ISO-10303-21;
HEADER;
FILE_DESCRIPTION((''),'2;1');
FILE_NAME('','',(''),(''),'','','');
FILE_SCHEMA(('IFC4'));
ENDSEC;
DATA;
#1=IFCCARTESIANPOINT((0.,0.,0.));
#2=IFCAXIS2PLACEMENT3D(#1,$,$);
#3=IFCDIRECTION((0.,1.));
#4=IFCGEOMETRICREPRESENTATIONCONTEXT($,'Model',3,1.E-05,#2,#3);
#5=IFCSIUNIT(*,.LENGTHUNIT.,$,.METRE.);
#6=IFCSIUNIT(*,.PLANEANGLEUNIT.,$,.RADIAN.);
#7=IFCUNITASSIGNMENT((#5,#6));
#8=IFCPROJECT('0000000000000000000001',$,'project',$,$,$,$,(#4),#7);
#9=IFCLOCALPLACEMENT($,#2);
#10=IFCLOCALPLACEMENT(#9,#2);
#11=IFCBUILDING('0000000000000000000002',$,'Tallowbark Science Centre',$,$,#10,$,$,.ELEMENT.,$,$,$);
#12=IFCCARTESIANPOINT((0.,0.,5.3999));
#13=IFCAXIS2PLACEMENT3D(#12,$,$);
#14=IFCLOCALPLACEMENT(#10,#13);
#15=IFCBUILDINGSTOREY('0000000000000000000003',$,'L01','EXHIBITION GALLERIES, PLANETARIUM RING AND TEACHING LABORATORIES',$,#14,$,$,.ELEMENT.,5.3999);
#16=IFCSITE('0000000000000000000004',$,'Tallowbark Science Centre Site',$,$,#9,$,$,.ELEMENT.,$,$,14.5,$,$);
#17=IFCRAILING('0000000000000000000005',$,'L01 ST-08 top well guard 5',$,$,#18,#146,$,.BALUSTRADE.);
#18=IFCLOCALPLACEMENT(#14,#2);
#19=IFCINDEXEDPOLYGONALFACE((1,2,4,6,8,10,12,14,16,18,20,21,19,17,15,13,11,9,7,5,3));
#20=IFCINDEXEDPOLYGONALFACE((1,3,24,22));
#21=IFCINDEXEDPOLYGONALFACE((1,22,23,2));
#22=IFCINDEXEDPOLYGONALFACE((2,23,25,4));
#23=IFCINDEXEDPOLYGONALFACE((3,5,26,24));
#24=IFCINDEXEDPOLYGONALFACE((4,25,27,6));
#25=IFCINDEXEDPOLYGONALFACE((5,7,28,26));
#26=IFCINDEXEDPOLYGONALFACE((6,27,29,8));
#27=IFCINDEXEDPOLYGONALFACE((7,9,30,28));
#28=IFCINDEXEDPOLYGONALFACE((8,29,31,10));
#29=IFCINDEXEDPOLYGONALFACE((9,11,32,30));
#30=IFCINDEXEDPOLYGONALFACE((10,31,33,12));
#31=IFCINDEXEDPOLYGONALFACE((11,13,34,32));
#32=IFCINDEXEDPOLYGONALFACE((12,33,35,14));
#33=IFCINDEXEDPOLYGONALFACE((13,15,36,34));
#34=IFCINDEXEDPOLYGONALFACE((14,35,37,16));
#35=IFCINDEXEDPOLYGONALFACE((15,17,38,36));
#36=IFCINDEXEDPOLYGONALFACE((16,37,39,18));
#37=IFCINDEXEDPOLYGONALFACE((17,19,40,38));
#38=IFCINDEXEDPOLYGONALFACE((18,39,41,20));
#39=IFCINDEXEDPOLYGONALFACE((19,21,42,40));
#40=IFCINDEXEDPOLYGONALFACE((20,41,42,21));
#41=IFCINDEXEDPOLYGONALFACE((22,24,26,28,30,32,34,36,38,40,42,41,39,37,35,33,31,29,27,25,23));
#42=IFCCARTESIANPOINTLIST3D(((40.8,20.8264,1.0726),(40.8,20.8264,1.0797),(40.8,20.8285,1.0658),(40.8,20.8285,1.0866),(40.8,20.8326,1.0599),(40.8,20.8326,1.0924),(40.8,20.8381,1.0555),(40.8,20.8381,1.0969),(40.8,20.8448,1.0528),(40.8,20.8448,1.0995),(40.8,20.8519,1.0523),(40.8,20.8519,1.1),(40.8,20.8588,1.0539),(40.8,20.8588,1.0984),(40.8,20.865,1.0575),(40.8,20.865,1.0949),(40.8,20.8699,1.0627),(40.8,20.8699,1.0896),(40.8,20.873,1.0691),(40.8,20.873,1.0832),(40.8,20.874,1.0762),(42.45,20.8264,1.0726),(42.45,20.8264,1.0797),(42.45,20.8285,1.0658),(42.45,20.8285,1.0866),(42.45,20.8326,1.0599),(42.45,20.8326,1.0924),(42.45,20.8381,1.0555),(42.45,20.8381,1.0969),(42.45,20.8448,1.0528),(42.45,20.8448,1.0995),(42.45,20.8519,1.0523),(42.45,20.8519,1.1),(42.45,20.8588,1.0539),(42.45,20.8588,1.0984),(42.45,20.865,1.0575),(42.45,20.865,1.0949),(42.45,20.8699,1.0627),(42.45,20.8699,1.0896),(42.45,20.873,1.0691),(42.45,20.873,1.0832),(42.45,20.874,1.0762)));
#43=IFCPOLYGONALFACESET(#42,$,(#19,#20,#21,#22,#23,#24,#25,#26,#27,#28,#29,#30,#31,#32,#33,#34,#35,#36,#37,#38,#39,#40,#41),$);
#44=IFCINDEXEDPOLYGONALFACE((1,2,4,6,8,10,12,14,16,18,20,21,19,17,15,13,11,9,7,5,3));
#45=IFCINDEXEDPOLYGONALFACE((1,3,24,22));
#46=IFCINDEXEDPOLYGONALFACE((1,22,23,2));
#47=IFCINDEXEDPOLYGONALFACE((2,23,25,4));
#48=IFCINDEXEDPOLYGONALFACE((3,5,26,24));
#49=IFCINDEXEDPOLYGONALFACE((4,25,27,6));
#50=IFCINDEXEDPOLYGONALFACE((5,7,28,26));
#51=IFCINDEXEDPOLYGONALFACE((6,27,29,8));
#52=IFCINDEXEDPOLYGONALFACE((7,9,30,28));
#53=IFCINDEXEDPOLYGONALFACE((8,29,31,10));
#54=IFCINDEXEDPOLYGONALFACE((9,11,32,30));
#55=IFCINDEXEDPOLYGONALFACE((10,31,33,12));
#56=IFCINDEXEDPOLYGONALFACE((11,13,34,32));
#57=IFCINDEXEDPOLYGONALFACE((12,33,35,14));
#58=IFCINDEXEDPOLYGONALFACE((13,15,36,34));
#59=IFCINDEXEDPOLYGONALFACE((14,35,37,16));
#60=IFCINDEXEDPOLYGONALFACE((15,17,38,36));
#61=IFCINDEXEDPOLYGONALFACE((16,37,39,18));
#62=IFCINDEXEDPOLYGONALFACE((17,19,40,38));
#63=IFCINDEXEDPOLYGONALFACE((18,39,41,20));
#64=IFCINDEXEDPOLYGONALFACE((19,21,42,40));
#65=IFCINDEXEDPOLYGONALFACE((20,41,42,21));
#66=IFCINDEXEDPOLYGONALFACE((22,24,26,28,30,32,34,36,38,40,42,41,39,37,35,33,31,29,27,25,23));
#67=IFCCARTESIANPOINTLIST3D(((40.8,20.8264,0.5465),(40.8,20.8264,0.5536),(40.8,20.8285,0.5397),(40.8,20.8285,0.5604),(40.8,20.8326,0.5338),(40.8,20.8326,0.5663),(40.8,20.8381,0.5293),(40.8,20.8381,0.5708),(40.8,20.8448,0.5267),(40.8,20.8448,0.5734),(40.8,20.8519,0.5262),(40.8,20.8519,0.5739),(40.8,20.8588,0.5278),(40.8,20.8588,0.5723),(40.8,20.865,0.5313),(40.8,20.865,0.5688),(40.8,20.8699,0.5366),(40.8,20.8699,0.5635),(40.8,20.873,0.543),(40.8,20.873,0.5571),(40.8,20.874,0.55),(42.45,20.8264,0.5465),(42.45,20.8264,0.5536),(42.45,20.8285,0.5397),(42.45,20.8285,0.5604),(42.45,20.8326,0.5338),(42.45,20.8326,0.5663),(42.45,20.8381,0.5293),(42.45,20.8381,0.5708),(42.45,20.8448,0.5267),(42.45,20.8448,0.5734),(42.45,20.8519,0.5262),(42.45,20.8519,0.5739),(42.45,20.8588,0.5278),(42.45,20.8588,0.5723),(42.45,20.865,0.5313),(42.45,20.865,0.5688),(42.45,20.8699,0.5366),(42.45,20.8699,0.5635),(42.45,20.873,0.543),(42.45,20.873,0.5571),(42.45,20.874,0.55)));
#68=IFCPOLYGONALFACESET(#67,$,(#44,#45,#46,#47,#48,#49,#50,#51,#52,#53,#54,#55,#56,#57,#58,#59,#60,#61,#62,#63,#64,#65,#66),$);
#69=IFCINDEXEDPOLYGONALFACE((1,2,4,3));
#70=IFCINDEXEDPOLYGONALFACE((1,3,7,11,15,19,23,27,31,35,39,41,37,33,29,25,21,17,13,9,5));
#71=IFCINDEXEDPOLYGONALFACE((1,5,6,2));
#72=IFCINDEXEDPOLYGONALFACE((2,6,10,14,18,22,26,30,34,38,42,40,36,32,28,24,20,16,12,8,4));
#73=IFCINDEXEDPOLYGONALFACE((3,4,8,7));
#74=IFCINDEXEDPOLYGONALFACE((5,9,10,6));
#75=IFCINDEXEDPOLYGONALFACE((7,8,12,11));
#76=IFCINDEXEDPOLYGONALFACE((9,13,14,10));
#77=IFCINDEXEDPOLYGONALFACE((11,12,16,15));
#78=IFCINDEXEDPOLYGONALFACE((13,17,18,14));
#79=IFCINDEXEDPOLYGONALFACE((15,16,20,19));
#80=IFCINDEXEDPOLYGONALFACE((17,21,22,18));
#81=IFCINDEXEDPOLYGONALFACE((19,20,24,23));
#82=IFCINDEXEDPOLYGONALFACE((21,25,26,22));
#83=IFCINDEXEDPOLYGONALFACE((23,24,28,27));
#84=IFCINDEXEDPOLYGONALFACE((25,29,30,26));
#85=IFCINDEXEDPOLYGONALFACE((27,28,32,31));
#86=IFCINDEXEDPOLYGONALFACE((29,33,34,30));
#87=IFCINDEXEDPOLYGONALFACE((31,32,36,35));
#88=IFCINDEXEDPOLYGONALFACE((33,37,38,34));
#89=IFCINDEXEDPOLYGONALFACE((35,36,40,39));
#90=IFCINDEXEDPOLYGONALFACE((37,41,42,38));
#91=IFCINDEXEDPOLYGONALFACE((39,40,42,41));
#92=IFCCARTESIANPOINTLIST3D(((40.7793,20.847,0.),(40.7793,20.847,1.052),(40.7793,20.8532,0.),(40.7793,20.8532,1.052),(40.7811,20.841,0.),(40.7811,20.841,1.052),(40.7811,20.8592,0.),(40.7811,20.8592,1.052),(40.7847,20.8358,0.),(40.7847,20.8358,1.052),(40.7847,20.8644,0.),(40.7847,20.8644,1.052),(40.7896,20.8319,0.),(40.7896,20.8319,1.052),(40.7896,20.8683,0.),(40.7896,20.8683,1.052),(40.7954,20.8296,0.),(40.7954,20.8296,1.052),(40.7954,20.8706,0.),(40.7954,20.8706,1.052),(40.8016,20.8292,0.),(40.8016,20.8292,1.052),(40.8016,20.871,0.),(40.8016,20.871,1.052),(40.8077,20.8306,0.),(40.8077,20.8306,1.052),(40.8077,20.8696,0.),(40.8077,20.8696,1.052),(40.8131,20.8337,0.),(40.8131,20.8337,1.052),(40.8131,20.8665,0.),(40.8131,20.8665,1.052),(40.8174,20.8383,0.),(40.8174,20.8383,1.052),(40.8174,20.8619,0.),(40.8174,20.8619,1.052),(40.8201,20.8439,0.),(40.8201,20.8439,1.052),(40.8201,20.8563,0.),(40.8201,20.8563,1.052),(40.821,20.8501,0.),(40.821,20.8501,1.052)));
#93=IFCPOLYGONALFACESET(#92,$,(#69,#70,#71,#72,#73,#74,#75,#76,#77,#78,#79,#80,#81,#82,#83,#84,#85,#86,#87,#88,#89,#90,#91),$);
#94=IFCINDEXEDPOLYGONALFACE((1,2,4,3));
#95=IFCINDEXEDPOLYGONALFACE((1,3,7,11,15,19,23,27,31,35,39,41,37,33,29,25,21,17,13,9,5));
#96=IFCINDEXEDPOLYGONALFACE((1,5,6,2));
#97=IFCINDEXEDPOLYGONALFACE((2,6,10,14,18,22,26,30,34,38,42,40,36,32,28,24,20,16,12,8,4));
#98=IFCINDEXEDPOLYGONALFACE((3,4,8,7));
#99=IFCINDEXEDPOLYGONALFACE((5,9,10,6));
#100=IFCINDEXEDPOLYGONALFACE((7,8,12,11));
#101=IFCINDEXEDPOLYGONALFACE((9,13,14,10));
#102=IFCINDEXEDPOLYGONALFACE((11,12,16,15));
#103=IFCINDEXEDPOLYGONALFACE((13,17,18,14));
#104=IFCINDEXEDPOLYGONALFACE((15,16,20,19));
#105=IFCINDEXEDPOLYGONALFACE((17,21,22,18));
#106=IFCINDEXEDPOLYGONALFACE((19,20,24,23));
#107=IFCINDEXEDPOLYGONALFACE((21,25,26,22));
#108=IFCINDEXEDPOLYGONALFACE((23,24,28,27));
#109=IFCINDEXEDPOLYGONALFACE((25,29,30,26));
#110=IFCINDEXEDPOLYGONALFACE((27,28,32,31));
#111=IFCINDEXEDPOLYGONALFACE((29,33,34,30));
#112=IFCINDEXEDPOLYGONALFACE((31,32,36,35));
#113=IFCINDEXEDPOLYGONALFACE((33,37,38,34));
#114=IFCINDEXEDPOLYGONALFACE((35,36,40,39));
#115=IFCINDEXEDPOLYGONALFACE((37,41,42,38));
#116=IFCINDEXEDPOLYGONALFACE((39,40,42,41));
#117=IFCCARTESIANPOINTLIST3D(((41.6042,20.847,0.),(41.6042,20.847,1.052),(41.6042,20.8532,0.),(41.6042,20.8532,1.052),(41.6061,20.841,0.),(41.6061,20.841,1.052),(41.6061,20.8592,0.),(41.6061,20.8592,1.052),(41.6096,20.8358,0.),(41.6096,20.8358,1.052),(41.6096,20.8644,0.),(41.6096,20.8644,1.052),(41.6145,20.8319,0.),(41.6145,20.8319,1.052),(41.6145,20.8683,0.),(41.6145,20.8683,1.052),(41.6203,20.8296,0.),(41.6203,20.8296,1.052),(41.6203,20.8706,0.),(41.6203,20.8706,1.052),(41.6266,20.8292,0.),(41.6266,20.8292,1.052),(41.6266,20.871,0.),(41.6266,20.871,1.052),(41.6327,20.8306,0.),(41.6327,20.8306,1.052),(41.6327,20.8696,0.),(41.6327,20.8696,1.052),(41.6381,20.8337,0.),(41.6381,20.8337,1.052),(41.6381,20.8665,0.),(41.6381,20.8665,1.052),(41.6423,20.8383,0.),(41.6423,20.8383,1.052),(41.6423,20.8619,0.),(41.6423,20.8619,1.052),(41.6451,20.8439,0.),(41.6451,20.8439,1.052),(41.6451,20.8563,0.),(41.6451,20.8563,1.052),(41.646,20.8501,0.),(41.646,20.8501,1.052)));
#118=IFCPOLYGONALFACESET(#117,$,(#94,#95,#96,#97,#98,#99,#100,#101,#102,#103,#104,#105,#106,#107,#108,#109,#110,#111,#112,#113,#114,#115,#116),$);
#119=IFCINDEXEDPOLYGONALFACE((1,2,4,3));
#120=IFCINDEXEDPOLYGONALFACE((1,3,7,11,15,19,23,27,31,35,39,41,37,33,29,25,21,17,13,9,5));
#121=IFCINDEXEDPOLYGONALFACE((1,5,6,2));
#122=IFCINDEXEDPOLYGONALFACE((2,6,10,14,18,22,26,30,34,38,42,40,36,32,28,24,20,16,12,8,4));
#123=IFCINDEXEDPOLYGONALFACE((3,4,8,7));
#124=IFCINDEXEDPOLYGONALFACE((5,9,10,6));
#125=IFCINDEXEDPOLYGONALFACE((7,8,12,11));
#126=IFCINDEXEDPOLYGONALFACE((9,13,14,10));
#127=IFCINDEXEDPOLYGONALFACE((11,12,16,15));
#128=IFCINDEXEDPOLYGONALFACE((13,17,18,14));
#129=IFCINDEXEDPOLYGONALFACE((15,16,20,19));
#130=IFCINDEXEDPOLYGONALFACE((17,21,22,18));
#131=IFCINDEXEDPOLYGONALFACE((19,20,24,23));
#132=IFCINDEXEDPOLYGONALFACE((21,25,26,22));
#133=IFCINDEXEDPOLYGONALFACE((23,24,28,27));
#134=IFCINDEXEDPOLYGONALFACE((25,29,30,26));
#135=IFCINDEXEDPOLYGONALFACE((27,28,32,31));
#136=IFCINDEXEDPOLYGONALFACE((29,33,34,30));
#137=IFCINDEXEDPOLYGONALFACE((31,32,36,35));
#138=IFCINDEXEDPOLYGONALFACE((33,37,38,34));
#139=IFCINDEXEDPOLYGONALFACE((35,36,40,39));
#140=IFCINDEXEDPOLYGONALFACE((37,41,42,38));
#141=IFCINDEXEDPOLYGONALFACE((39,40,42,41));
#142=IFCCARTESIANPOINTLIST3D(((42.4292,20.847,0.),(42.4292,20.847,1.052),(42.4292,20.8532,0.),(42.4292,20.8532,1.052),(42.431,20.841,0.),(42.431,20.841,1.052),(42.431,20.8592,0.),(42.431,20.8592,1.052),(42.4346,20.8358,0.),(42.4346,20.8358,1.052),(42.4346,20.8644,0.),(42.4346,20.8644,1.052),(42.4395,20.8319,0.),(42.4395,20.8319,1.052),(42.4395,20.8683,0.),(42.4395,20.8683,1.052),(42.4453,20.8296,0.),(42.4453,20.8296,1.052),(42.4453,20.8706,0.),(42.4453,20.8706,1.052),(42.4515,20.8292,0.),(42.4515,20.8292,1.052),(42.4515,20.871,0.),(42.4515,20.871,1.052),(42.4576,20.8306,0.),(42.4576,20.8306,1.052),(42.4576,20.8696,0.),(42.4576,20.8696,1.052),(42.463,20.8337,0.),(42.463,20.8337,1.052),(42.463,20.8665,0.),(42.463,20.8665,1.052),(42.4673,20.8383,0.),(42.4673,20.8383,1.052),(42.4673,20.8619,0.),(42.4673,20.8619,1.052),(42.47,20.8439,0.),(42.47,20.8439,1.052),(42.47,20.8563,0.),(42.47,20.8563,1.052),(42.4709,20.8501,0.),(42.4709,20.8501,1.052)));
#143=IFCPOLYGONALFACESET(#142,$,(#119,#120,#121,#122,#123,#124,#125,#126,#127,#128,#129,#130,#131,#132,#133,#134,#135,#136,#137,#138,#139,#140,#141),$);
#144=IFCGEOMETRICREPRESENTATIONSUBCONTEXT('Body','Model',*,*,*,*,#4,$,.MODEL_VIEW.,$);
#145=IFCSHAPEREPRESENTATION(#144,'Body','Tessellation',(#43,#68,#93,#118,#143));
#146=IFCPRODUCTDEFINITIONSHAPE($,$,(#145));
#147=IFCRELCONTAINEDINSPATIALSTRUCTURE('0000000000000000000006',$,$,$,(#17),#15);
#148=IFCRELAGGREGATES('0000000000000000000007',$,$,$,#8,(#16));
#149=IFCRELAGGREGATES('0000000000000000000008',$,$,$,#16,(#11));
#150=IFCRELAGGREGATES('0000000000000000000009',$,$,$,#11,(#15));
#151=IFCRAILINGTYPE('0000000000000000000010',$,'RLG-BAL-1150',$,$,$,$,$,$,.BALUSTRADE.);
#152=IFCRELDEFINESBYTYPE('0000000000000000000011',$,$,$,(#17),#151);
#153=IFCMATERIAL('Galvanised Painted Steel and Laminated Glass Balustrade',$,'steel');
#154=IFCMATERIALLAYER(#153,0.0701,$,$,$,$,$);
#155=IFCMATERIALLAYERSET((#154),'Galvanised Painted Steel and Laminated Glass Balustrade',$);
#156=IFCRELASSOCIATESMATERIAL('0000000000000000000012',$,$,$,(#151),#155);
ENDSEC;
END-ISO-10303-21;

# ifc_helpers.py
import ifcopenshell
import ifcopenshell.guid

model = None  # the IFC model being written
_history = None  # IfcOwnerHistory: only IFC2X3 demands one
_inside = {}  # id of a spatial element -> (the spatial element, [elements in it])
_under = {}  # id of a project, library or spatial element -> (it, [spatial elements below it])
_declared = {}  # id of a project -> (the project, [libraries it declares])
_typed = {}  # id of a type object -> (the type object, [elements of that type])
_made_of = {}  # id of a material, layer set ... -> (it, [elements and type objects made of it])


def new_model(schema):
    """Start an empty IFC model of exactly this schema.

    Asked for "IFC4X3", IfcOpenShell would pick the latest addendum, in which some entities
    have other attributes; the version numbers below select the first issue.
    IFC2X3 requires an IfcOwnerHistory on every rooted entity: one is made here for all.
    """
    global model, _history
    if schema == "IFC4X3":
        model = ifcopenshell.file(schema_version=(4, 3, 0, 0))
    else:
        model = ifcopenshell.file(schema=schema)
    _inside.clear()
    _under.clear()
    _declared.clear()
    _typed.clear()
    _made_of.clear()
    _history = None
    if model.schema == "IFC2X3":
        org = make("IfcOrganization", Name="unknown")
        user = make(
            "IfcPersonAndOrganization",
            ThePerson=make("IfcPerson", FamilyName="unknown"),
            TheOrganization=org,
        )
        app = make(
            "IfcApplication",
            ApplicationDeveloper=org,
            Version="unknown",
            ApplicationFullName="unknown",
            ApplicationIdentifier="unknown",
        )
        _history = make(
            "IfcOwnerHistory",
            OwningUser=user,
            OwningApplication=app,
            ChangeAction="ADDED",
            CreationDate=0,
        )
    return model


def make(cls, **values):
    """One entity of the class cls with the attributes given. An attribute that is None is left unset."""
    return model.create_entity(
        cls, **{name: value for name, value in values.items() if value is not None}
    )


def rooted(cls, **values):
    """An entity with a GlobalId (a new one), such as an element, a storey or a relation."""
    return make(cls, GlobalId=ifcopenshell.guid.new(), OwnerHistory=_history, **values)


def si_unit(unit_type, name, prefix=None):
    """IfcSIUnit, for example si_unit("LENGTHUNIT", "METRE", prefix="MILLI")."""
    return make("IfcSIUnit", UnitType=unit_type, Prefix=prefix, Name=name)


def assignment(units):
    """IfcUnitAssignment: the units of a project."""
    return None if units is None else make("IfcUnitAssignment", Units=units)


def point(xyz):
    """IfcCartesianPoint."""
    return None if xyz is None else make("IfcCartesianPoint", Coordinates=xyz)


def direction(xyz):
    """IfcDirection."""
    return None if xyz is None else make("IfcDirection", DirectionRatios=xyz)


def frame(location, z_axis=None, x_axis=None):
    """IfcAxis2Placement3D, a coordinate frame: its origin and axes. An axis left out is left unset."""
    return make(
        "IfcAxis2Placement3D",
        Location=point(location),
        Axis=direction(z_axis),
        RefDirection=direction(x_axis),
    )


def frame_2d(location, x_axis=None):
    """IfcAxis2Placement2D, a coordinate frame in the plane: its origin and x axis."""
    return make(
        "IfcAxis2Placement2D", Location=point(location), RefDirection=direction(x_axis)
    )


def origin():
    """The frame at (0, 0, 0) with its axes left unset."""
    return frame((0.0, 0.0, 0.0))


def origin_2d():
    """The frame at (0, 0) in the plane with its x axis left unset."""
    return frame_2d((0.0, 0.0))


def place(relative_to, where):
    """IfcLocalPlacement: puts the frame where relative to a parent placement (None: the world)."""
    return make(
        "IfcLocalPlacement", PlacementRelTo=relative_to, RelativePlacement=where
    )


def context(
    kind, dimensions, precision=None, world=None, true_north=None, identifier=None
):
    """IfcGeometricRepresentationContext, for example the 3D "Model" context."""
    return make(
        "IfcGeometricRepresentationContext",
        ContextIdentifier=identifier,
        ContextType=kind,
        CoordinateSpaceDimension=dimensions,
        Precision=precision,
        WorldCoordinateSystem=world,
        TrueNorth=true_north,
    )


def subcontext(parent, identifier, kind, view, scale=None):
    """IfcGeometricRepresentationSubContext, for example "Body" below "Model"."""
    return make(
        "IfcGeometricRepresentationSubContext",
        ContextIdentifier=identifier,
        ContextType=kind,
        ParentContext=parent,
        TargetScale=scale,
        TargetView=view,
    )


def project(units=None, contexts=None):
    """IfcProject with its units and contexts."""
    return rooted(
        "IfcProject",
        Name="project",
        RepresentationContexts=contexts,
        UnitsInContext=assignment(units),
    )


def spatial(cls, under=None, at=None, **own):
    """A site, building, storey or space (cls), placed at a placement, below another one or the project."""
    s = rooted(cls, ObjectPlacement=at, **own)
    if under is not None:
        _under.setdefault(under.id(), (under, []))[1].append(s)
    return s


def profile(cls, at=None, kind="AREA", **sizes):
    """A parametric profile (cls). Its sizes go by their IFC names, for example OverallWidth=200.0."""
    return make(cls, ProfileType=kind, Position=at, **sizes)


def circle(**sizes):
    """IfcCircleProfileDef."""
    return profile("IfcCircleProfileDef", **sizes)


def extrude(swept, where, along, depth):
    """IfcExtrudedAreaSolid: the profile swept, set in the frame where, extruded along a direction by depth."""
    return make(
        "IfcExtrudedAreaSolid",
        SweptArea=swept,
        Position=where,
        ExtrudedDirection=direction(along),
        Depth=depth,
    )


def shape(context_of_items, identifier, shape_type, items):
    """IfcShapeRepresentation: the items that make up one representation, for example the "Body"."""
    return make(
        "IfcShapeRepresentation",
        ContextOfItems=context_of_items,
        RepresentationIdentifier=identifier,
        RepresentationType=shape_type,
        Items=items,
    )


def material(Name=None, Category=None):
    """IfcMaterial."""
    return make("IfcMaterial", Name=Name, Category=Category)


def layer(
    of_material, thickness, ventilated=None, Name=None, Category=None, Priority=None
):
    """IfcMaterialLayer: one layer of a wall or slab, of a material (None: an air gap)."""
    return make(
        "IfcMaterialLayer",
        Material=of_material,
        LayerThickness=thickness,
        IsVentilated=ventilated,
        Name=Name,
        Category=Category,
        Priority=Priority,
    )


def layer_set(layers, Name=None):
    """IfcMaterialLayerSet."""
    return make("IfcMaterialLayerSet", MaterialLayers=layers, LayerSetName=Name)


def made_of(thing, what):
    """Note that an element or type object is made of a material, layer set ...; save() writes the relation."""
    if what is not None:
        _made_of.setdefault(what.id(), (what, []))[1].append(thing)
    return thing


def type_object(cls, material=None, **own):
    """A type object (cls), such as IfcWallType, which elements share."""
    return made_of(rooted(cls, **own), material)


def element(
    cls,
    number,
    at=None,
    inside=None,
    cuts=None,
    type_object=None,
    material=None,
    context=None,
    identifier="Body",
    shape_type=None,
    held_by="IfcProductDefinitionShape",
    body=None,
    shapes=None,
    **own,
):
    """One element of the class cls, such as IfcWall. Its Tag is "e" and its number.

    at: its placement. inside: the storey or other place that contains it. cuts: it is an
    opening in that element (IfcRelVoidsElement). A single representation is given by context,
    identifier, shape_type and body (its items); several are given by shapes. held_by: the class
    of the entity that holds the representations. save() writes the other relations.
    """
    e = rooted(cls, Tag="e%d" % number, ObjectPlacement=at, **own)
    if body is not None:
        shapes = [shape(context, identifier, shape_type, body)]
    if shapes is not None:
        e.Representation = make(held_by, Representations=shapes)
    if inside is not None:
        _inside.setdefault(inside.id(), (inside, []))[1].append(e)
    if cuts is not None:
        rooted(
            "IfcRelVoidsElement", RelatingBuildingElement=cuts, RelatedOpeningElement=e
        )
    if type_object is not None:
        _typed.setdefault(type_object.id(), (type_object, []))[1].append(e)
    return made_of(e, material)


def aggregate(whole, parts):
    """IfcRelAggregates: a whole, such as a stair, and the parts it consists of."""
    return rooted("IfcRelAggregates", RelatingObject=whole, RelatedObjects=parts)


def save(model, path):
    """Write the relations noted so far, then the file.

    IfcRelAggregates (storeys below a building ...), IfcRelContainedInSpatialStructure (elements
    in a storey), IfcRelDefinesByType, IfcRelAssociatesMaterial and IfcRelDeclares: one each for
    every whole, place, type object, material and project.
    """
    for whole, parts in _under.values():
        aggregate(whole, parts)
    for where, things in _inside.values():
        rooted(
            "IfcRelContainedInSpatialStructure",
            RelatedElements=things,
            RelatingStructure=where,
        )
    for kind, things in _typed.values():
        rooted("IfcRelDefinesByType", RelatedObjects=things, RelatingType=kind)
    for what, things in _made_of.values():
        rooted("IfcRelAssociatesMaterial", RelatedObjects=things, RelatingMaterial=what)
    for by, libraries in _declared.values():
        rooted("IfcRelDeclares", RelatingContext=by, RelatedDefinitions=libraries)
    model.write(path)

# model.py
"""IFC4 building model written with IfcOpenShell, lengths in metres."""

from ifc_helpers import new_model, si_unit, direction, frame, origin, origin_2d, place, context, subcontext, project, spatial, circle, extrude, material, layer, layer_set, type_object, element, save


model = new_model("IFC4")

# Units and contexts
model_context = context("Model", 3, precision=1e-05, world=origin(), true_north=direction((0.0, 1.0)))
body_context = subcontext(model_context, "Body", "Model", "MODEL_VIEW")
ifc_project = project(units=[si_unit("LENGTHUNIT", "METRE"), si_unit("PLANEANGLEUNIT", "RADIAN")], contexts=[model_context])

# Site, building, storey
site_placement = place(None, origin())
site = spatial("IfcSite", under=ifc_project, at=site_placement, Name="Tallowbark Science Centre Site", CompositionType="ELEMENT", RefElevation=14.5)
building_placement = place(site_placement, origin())
building = spatial("IfcBuilding", under=site, at=building_placement, Name="Tallowbark Science Centre", CompositionType="ELEMENT")
storey_placement = place(building_placement, frame((0.0, 0.0, 5.3999)))
storey = spatial("IfcBuildingStorey", under=building, at=storey_placement, Name="L01", Description="EXHIBITION GALLERIES, PLANETARIUM RING AND TEACHING LABORATORIES", CompositionType="ELEMENT", Elevation=5.3999)

# Railing
ifc_material_1 = material(Name="Galvanised Painted Steel and Laminated Glass Balustrade", Category="steel")
ifc_layer_1 = layer(ifc_material_1, 0.0701)
ifc_layer_set_1 = layer_set([ifc_layer_1], Name="Galvanised Painted Steel and Laminated Glass Balustrade")
railing_type = type_object("IfcRailingType", Name="RLG-BAL-1150", PredefinedType="BALUSTRADE", material=ifc_layer_set_1)
railing_1_placement = place(storey_placement, frame((40.8, 20.8501, 0.0)))
element("IfcRailing", 1, at=railing_1_placement, inside=storey, type_object=railing_type, Name="L01 ST-08 top well guard 5", PredefinedType="BALUSTRADE", context=body_context, shape_type="SweptSolid", body=[
    extrude(circle(Radius=0.0239, at=origin_2d()), frame((0.0, 0.0, 1.0762), z_axis=(1.0, 0.0, 0.0), x_axis=(0.0, 1.0, 0.0)), (0.0, 0.0, 1.0), 1.6499),
    extrude(circle(Radius=0.0239, at=origin_2d()), frame((0.0, 0.0, 0.55), z_axis=(1.0, 0.0, 0.0), x_axis=(0.0, 1.0, 0.0)), (0.0, 0.0, 1.0), 1.6499),
    extrude(circle(Radius=0.021, at=origin_2d()), origin(), (0.0, 0.0, 1.0), 1.052),
    extrude(circle(Radius=0.021, at=origin_2d()), frame((0.825, 0.0, 0.0)), (0.0, 0.0, 1.0), 1.052),
    extrude(circle(Radius=0.021, at=origin_2d()), frame((1.6499, 0.0, 0.0)), (0.0, 0.0, 1.0), 1.052),
])

save(model, "model.ifc")
